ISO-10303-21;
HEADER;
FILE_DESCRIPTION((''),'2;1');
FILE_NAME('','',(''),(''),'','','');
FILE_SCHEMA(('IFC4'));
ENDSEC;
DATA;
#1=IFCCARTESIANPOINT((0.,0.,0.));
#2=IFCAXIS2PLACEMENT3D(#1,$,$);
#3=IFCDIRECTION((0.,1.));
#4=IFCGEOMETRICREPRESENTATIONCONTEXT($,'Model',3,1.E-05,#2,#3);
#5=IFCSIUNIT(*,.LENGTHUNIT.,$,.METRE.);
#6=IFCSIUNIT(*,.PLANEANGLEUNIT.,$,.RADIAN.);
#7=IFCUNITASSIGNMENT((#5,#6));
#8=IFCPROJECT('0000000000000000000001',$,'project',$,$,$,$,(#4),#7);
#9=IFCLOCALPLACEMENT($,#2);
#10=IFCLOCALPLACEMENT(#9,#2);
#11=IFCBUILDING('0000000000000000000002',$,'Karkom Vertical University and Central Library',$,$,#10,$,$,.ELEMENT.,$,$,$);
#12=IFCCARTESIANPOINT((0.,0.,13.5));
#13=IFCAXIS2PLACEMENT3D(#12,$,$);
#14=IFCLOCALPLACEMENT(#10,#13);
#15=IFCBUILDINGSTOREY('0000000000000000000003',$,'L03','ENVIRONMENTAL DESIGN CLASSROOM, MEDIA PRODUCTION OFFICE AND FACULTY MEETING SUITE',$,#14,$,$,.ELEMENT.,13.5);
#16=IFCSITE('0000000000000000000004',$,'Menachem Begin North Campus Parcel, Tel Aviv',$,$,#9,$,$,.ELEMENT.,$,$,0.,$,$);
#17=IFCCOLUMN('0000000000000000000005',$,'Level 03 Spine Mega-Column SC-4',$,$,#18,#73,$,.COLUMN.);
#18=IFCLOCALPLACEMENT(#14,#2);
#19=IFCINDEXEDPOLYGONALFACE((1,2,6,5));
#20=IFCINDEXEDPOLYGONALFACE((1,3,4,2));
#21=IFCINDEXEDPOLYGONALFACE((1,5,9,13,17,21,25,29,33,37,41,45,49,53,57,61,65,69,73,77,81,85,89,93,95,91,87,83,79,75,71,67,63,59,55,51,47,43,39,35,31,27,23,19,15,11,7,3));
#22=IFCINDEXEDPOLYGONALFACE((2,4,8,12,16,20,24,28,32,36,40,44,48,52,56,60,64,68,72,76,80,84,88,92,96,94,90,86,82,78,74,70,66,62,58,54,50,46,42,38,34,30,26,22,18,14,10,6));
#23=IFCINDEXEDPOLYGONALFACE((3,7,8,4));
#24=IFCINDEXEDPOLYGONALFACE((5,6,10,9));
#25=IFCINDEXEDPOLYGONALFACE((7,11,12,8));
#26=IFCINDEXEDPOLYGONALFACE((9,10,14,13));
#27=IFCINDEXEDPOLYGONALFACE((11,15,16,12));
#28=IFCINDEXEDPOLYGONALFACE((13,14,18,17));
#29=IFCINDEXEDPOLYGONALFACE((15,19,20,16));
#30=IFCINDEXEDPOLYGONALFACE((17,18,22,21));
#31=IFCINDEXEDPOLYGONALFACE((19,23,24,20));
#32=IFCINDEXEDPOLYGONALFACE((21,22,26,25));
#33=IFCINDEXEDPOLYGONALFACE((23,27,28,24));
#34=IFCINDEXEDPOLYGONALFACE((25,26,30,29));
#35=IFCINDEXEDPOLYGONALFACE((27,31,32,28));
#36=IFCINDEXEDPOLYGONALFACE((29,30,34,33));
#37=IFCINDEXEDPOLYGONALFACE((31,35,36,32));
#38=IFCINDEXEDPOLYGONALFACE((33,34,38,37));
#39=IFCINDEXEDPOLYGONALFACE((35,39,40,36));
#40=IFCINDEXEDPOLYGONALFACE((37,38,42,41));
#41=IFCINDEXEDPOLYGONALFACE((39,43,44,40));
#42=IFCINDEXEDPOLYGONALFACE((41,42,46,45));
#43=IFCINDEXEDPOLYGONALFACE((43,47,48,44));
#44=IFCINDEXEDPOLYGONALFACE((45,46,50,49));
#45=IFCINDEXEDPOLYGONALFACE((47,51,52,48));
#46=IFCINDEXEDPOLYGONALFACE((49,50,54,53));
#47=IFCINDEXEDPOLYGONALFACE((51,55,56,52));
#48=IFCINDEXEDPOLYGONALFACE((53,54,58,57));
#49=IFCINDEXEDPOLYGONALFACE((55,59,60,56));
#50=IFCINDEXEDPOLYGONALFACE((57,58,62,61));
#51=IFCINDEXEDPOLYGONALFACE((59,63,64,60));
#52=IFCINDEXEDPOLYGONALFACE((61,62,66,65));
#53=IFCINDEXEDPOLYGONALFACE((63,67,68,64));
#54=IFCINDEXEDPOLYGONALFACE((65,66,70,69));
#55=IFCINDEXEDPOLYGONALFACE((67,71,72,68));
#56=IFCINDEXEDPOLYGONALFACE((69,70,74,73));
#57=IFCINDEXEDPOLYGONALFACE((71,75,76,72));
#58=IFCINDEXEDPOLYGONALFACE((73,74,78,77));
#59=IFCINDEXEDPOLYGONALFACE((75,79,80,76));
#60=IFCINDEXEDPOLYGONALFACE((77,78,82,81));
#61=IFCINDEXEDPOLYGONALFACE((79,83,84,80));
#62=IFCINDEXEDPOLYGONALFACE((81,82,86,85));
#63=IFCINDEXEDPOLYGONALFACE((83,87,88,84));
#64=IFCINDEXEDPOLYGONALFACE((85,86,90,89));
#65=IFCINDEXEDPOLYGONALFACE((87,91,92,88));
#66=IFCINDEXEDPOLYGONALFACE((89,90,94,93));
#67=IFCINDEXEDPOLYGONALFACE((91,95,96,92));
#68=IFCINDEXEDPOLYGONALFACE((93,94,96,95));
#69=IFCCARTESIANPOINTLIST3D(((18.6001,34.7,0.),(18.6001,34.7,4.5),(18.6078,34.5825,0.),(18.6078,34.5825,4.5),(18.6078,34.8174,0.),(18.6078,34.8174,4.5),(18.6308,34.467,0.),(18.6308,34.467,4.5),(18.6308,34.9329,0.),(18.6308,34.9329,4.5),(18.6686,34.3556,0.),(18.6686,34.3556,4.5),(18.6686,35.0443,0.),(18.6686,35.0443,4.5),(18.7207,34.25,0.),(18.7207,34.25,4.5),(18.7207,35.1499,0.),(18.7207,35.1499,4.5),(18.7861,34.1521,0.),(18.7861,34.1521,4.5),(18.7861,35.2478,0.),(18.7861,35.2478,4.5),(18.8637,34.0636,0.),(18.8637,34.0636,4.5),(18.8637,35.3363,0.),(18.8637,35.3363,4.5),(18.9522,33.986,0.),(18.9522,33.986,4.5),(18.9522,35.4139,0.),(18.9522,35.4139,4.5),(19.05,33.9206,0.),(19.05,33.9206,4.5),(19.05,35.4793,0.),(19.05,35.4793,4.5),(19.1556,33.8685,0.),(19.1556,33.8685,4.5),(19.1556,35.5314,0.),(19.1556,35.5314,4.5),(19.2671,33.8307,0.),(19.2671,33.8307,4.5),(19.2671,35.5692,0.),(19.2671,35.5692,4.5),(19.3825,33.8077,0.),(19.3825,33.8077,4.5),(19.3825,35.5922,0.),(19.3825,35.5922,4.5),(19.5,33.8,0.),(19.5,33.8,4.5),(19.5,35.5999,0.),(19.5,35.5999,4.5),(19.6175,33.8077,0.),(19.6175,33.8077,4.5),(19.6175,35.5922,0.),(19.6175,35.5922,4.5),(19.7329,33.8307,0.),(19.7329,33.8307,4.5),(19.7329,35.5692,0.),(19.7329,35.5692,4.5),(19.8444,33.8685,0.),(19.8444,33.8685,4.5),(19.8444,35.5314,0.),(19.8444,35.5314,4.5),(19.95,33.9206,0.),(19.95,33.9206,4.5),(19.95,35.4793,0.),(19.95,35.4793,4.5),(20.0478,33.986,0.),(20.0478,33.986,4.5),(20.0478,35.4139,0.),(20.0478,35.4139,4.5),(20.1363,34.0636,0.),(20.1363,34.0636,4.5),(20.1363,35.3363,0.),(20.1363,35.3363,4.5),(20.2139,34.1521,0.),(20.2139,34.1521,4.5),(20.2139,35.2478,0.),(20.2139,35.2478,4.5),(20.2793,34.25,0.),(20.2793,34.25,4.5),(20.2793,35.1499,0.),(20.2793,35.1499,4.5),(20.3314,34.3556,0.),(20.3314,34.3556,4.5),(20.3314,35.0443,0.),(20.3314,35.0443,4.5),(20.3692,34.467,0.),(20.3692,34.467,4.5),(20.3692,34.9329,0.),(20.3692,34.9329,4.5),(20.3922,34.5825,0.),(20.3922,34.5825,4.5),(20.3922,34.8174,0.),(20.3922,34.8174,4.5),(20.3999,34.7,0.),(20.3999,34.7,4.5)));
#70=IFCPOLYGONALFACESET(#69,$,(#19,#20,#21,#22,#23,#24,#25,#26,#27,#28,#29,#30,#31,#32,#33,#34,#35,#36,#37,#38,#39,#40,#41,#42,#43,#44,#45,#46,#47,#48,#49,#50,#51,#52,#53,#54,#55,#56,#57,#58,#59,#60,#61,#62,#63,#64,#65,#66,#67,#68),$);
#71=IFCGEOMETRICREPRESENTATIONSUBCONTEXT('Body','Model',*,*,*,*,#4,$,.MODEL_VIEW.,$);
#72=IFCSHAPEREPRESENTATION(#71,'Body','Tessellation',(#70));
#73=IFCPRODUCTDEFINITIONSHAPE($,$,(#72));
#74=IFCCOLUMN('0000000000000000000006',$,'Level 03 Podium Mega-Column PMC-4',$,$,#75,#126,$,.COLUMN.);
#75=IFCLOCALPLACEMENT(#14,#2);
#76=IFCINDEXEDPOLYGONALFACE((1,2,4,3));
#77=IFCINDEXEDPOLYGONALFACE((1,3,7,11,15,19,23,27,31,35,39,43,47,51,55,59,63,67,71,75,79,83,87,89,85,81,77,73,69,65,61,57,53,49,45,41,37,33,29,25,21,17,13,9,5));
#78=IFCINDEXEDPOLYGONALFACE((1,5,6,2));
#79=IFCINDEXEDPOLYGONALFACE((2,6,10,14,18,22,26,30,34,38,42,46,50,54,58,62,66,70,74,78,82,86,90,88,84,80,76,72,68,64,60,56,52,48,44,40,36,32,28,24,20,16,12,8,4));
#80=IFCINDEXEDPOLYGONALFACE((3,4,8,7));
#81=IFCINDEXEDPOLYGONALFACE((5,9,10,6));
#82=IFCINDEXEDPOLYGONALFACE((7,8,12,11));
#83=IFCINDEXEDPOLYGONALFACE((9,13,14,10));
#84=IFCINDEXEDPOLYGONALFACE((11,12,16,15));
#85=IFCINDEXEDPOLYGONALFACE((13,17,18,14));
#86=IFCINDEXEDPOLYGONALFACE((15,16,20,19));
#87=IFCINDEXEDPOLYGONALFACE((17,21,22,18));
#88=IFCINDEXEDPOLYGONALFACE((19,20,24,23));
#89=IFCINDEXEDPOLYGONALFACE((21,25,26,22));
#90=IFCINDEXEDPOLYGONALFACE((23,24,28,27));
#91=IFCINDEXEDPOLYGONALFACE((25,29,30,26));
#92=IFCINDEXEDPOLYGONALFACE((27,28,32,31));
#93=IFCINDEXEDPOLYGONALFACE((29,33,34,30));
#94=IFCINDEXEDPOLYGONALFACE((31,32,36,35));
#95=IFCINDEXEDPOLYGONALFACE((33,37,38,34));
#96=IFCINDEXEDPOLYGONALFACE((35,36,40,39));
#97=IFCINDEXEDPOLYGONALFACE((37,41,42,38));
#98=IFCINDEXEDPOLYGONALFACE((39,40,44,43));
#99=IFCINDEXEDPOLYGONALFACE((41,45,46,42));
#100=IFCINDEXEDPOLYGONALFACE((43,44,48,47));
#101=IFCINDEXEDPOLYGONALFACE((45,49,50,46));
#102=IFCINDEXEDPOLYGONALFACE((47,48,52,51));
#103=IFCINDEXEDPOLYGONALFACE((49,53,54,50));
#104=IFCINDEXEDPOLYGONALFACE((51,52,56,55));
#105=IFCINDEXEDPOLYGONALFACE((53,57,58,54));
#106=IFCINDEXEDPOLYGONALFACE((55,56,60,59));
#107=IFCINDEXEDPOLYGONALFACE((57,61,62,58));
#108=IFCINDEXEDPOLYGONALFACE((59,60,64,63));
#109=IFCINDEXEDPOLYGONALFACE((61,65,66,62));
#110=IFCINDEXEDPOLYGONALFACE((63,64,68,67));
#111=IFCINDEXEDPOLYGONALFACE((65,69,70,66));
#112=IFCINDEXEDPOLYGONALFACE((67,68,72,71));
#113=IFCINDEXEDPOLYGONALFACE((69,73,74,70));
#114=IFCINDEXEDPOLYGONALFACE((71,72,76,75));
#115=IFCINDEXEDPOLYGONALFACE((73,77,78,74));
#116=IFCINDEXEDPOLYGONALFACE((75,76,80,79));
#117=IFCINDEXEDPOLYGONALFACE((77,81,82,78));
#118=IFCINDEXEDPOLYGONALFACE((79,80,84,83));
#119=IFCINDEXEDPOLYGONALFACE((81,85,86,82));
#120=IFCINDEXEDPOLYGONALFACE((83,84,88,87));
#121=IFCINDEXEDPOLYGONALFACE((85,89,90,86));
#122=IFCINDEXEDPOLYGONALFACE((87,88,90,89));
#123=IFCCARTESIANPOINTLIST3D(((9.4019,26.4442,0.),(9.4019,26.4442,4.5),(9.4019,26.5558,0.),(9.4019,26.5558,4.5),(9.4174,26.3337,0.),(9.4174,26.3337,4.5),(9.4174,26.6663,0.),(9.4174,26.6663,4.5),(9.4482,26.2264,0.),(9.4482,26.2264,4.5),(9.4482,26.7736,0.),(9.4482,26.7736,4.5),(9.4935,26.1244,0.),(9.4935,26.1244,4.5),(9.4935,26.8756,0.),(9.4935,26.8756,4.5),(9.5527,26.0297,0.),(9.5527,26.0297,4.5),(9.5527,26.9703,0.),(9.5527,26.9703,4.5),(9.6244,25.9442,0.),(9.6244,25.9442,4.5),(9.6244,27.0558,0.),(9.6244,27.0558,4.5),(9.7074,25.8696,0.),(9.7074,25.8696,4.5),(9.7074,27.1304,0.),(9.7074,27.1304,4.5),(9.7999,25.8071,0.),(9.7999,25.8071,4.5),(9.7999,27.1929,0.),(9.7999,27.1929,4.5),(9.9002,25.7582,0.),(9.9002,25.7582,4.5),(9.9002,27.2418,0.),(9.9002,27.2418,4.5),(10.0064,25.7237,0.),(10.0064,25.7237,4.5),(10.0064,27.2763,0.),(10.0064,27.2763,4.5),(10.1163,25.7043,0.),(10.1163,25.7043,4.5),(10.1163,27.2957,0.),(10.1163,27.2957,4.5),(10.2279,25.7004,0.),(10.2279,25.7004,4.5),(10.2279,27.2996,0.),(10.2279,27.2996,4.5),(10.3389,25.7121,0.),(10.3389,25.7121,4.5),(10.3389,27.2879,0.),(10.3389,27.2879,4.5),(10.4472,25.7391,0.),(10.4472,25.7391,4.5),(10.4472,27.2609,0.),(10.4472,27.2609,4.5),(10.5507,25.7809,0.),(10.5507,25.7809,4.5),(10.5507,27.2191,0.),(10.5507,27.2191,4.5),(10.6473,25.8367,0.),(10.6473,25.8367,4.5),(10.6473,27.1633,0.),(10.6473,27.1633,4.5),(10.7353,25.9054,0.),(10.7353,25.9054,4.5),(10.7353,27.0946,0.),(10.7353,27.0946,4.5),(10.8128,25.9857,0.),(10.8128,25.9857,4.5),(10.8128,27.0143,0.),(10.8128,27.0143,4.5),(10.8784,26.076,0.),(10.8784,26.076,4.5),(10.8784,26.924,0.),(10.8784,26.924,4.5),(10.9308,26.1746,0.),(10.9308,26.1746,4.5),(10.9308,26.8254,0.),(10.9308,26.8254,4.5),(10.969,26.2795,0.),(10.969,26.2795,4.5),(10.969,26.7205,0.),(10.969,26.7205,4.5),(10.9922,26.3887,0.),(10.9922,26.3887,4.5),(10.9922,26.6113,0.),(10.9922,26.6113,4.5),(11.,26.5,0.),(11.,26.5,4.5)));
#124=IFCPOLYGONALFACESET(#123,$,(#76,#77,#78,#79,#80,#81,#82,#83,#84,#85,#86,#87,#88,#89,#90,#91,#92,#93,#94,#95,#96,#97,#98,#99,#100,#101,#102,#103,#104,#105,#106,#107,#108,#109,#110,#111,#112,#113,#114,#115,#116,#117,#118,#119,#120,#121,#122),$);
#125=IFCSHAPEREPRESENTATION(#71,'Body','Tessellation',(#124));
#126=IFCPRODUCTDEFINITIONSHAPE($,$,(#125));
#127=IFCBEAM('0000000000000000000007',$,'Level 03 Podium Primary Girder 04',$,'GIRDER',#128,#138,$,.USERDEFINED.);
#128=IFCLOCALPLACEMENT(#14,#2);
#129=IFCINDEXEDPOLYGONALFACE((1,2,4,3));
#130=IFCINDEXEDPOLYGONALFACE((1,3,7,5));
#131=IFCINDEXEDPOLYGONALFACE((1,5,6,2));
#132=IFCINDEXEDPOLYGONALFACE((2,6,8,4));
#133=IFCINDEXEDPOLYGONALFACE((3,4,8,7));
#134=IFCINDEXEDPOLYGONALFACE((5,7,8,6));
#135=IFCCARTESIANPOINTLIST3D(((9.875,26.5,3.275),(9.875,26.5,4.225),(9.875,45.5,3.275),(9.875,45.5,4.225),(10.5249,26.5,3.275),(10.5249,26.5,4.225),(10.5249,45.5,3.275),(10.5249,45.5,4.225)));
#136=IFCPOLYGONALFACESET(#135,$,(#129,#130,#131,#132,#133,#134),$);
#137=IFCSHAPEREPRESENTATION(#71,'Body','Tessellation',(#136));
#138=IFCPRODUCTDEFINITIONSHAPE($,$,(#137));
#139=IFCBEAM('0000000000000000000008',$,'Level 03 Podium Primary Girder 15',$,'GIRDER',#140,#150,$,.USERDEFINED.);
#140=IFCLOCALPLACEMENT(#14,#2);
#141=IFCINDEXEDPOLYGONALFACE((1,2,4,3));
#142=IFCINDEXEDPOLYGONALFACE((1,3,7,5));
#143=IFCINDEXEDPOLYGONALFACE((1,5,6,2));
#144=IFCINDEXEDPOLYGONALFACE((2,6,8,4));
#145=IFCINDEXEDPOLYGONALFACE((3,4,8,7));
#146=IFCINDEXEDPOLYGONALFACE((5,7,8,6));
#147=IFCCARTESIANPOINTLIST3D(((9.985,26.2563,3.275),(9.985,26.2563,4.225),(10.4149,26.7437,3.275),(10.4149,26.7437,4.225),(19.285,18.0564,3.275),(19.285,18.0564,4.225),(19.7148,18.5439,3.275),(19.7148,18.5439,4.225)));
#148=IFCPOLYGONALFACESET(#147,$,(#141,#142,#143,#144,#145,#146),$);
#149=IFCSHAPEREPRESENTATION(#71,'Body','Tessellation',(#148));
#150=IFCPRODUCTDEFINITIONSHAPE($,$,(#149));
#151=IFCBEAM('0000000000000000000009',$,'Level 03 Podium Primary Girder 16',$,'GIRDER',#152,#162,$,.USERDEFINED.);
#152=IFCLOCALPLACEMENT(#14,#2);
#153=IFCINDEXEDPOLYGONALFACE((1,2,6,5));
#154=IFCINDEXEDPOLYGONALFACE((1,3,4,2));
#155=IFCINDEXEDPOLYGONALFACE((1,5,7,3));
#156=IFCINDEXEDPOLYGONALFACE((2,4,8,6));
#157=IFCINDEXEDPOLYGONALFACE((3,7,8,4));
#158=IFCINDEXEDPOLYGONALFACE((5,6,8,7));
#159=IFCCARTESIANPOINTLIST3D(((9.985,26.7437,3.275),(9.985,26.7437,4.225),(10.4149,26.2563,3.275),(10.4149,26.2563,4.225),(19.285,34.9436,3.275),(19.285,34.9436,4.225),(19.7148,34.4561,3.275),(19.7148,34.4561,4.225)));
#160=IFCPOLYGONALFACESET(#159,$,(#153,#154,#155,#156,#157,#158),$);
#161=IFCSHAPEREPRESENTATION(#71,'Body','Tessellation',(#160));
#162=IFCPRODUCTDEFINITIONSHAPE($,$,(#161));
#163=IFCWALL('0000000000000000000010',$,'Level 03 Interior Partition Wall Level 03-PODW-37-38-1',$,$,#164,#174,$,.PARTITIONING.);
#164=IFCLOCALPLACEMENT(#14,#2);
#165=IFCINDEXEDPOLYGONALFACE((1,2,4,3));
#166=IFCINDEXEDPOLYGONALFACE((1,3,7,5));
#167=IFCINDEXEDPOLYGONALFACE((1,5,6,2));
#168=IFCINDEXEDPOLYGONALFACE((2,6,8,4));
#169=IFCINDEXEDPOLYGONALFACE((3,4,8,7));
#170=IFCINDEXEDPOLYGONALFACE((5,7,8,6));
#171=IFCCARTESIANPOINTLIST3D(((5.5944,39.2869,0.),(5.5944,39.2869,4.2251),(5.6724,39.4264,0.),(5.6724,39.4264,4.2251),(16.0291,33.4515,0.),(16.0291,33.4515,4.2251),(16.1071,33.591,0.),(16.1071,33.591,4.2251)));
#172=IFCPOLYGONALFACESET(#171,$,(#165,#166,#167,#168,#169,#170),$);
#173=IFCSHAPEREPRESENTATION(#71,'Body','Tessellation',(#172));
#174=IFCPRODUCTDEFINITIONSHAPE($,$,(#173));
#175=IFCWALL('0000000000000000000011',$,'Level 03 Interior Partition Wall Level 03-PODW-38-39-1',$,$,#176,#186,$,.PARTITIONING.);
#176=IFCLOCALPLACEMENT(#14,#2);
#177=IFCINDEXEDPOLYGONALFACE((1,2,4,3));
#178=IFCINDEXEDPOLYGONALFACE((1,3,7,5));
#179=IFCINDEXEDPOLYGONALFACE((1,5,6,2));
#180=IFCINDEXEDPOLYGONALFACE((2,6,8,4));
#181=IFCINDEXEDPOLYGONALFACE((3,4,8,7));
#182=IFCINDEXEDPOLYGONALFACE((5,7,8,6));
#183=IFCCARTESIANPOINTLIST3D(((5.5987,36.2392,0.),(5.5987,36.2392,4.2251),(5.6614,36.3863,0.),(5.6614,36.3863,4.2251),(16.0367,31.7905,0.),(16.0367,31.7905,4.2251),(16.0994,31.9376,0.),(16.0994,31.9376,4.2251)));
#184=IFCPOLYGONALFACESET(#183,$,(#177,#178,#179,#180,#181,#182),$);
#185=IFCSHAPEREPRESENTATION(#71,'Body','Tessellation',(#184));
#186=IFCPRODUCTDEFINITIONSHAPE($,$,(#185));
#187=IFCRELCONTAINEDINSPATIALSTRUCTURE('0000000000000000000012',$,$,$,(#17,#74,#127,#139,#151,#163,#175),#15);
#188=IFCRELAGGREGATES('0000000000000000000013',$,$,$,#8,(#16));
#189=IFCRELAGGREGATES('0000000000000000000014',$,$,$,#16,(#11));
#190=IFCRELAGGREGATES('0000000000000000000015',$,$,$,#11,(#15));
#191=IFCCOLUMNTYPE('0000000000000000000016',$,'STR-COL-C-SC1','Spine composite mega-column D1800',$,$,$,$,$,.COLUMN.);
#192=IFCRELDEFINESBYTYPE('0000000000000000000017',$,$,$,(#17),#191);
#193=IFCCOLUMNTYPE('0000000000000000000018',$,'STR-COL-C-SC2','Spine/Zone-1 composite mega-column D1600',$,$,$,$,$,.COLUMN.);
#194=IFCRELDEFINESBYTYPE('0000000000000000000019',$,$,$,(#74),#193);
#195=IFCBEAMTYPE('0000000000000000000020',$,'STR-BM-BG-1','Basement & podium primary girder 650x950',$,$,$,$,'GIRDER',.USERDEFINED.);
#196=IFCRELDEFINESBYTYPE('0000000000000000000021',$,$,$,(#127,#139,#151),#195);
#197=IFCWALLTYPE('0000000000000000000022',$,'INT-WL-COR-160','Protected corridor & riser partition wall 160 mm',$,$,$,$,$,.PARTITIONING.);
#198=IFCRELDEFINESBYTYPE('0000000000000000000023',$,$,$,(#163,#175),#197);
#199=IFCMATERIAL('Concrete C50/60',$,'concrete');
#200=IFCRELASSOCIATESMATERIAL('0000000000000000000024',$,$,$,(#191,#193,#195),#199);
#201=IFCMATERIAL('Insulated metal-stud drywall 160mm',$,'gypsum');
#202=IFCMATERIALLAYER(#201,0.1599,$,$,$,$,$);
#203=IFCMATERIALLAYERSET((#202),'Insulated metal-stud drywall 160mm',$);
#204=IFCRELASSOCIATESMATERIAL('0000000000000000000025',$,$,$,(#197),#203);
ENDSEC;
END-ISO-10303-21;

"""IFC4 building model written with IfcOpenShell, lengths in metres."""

from ifc_helpers import new_model, si_unit, direction, frame, frame_2d, origin, origin_with_axes, origin_2d, place, context, subcontext, project, spatial, rectangle, circle, extrude, source, transform, mapped, material, layer, layer_set, material_profile, profile_set, type_object, element, save


model = new_model("IFC4")

# Units and contexts
model_context = context("Model", 3, precision=1e-05, world=origin(), true_north=direction((0.0, 1.0)))
body_context = subcontext(model_context, "Body", "Model", "MODEL_VIEW")
ifc_project = project(units=[si_unit("LENGTHUNIT", "METRE"), si_unit("PLANEANGLEUNIT", "RADIAN")], contexts=[model_context])

# Site, building, storey
site_placement = place(None, origin())
site = spatial("IfcSite", under=ifc_project, at=site_placement, Name="Menachem Begin North Campus Parcel, Tel Aviv", CompositionType="ELEMENT", RefElevation=0.0)
building_placement = place(site_placement, origin())
building = spatial("IfcBuilding", under=site, at=building_placement, Name="Karkom Vertical University and Central Library", CompositionType="ELEMENT")
storey_placement = place(building_placement, frame((0.0, 0.0, 13.5)))
storey = spatial("IfcBuildingStorey", under=building, at=storey_placement, Name="L03", Description="ENVIRONMENTAL DESIGN CLASSROOM, MEDIA PRODUCTION OFFICE AND FACULTY MEETING SUITE", CompositionType="ELEMENT", Elevation=13.5)

# Columns
ifc_material_1 = material(Name="Concrete C50/60", Category="concrete")
ifc_material_profile_1 = material_profile(ifc_material_1, circle(Radius=0.8999, at=origin_2d()), Name="CFT-D1800")
ifc_profile_set_1 = profile_set([ifc_material_profile_1], Name="Concrete C50/60")
column_type_1 = type_object("IfcColumnType", Name="STR-COL-C-SC1", Description="Spine composite mega-column D1800", PredefinedType="COLUMN", material=ifc_profile_set_1)
shared_shape_1 = source(origin_with_axes(), body_context, "Body", "SweptSolid", [
    extrude(circle(Radius=0.8999, at=origin_2d()), origin(), (0.0, 0.0, 1.0), 4.5),
])
column_1_placement = place(storey_placement, frame((19.5, 34.7, 0.0), z_axis=(0.0, 0.0, 1.0), x_axis=(1.0, 0.0, 0.0)))
element("IfcColumn", 1, at=column_1_placement, inside=storey, type_object=column_type_1, Name="Level 03 Spine Mega-Column SC-4", PredefinedType="COLUMN", context=body_context, shape_type="MappedRepresentation", body=[
    mapped(shared_shape_1, transform((0.0, 0.0, 0.0), scale=1.0)),
])
ifc_material_profile_2 = material_profile(ifc_material_1, circle(Radius=0.8, at=origin_2d()), Name="CFT-D1600")
ifc_profile_set_2 = profile_set([ifc_material_profile_2], Name="Concrete C50/60")
column_type_2 = type_object("IfcColumnType", Name="STR-COL-C-SC2", Description="Spine/Zone-1 composite mega-column D1600", PredefinedType="COLUMN", material=ifc_profile_set_2)
shared_shape_2 = source(origin_with_axes(), body_context, "Body", "SweptSolid", [
    extrude(circle(Radius=0.8, at=origin_2d()), origin(), (0.0, 0.0, 1.0), 4.5),
])
column_2_placement = place(storey_placement, frame((10.2, 26.5, 0.0), z_axis=(0.0, 0.0, 1.0), x_axis=(1.0, 0.0, 0.0)))
element("IfcColumn", 2, at=column_2_placement, inside=storey, type_object=column_type_2, Name="Level 03 Podium Mega-Column PMC-4", PredefinedType="COLUMN", context=body_context, shape_type="MappedRepresentation", body=[
    mapped(shared_shape_2, transform((0.0, 0.0, 0.0), scale=1.0)),
])

# Beams
ifc_material_profile_3 = material_profile(ifc_material_1, rectangle(XDim=0.6499, YDim=0.95, at=origin_2d()), Name="RCG-650x950")
ifc_profile_set_3 = profile_set([ifc_material_profile_3], Name="Concrete C50/60")
beam_type = type_object("IfcBeamType", Name="STR-BM-BG-1", Description="Basement & podium primary girder 650x950", ElementType="GIRDER", PredefinedType="USERDEFINED", material=ifc_profile_set_3)
shared_shape_3 = source(origin_with_axes(), body_context, "Body", "SweptSolid", [
    extrude(rectangle(XDim=0.6499, YDim=0.95, at=origin_2d()), origin(), (0.0, 0.0, 1.0), 19.0),
])
beam_placement = place(storey_placement, frame((10.2, 26.5, 3.75), z_axis=(0.0, 1.0, 0.0), x_axis=(-1.0, 0.0, 0.0)))
element("IfcBeam", 3, at=beam_placement, inside=storey, type_object=beam_type, Name="Level 03 Podium Primary Girder 04", ObjectType="GIRDER", PredefinedType="USERDEFINED", context=body_context, shape_type="MappedRepresentation", body=[
    mapped(shared_shape_3, transform((0.0, 0.0, 0.0), scale=1.0)),
])
shared_shape_4 = source(origin_with_axes(), body_context, "Body", "SweptSolid", [
    extrude(rectangle(XDim=0.6499, YDim=0.95, at=origin_2d()), origin(), (0.0, 0.0, 1.0), 12.3987),
])
for number, where, z_axis, x_axis, name in (
    (4, (10.2, 26.5, 3.75), (0.750077, -0.661351, 0.0), (0.661351, 0.750077, 0.0), "Level 03 Podium Primary Girder 15"),
    (5, (10.2, 26.5, 3.75), (0.750077, 0.661351, 0.0), (-0.661351, 0.750077, 0.0), "Level 03 Podium Primary Girder 16"),
):
    element("IfcBeam", number, at=place(storey_placement, frame(where, z_axis=z_axis, x_axis=x_axis)), inside=storey, type_object=beam_type, Name=name, ObjectType="GIRDER", PredefinedType="USERDEFINED", context=body_context, shape_type="MappedRepresentation", body=[
        mapped(shared_shape_4, transform((0.0, 0.0, 0.0), scale=1.0)),
    ])

# Walls
ifc_material_2 = material(Name="Insulated metal-stud drywall 160mm", Category="gypsum")
ifc_layer_1 = layer(ifc_material_2, 0.1599)
ifc_layer_set_1 = layer_set([ifc_layer_1], Name="Insulated metal-stud drywall 160mm")
wall_type_1 = type_object("IfcWallType", Name="INT-WL-COR-160", Description="Protected corridor & riser partition wall 160 mm", PredefinedType="PARTITIONING", material=ifc_layer_set_1)
wall_1_placement = place(storey_placement, frame((16.0681, 33.5212, 0.0), z_axis=(0.0, 0.0, 1.0), x_axis=(-0.872793, 0.488091, 0.0)))
element("IfcWall", 6, at=wall_1_placement, inside=storey, type_object=wall_type_1, Name="Level 03 Interior Partition Wall Level 03-PODW-37-38-1", PredefinedType="PARTITIONING", context=body_context, shape_type="SweptSolid", body=[
    extrude(rectangle(XDim=11.9556, YDim=0.1599, at=frame_2d((5.9778, 0.0))), origin(), (0.0, 0.0, 1.0), 4.2251),
])
wall_2_placement = place(storey_placement, frame((16.0681, 31.864, 0.0), z_axis=(0.0, 0.0, 1.0), x_axis=(-0.919931, 0.39208, 0.0)))
element("IfcWall", 7, at=wall_2_placement, inside=storey, type_object=wall_type_1, Name="Level 03 Interior Partition Wall Level 03-PODW-38-39-1", PredefinedType="PARTITIONING", context=body_context, shape_type="SweptSolid", body=[
    extrude(rectangle(XDim=11.3464, YDim=0.1599, at=frame_2d((5.6733, 0.0))), origin(), (0.0, 0.0, 1.0), 4.2251),
])

save(model, "model.ifc")
